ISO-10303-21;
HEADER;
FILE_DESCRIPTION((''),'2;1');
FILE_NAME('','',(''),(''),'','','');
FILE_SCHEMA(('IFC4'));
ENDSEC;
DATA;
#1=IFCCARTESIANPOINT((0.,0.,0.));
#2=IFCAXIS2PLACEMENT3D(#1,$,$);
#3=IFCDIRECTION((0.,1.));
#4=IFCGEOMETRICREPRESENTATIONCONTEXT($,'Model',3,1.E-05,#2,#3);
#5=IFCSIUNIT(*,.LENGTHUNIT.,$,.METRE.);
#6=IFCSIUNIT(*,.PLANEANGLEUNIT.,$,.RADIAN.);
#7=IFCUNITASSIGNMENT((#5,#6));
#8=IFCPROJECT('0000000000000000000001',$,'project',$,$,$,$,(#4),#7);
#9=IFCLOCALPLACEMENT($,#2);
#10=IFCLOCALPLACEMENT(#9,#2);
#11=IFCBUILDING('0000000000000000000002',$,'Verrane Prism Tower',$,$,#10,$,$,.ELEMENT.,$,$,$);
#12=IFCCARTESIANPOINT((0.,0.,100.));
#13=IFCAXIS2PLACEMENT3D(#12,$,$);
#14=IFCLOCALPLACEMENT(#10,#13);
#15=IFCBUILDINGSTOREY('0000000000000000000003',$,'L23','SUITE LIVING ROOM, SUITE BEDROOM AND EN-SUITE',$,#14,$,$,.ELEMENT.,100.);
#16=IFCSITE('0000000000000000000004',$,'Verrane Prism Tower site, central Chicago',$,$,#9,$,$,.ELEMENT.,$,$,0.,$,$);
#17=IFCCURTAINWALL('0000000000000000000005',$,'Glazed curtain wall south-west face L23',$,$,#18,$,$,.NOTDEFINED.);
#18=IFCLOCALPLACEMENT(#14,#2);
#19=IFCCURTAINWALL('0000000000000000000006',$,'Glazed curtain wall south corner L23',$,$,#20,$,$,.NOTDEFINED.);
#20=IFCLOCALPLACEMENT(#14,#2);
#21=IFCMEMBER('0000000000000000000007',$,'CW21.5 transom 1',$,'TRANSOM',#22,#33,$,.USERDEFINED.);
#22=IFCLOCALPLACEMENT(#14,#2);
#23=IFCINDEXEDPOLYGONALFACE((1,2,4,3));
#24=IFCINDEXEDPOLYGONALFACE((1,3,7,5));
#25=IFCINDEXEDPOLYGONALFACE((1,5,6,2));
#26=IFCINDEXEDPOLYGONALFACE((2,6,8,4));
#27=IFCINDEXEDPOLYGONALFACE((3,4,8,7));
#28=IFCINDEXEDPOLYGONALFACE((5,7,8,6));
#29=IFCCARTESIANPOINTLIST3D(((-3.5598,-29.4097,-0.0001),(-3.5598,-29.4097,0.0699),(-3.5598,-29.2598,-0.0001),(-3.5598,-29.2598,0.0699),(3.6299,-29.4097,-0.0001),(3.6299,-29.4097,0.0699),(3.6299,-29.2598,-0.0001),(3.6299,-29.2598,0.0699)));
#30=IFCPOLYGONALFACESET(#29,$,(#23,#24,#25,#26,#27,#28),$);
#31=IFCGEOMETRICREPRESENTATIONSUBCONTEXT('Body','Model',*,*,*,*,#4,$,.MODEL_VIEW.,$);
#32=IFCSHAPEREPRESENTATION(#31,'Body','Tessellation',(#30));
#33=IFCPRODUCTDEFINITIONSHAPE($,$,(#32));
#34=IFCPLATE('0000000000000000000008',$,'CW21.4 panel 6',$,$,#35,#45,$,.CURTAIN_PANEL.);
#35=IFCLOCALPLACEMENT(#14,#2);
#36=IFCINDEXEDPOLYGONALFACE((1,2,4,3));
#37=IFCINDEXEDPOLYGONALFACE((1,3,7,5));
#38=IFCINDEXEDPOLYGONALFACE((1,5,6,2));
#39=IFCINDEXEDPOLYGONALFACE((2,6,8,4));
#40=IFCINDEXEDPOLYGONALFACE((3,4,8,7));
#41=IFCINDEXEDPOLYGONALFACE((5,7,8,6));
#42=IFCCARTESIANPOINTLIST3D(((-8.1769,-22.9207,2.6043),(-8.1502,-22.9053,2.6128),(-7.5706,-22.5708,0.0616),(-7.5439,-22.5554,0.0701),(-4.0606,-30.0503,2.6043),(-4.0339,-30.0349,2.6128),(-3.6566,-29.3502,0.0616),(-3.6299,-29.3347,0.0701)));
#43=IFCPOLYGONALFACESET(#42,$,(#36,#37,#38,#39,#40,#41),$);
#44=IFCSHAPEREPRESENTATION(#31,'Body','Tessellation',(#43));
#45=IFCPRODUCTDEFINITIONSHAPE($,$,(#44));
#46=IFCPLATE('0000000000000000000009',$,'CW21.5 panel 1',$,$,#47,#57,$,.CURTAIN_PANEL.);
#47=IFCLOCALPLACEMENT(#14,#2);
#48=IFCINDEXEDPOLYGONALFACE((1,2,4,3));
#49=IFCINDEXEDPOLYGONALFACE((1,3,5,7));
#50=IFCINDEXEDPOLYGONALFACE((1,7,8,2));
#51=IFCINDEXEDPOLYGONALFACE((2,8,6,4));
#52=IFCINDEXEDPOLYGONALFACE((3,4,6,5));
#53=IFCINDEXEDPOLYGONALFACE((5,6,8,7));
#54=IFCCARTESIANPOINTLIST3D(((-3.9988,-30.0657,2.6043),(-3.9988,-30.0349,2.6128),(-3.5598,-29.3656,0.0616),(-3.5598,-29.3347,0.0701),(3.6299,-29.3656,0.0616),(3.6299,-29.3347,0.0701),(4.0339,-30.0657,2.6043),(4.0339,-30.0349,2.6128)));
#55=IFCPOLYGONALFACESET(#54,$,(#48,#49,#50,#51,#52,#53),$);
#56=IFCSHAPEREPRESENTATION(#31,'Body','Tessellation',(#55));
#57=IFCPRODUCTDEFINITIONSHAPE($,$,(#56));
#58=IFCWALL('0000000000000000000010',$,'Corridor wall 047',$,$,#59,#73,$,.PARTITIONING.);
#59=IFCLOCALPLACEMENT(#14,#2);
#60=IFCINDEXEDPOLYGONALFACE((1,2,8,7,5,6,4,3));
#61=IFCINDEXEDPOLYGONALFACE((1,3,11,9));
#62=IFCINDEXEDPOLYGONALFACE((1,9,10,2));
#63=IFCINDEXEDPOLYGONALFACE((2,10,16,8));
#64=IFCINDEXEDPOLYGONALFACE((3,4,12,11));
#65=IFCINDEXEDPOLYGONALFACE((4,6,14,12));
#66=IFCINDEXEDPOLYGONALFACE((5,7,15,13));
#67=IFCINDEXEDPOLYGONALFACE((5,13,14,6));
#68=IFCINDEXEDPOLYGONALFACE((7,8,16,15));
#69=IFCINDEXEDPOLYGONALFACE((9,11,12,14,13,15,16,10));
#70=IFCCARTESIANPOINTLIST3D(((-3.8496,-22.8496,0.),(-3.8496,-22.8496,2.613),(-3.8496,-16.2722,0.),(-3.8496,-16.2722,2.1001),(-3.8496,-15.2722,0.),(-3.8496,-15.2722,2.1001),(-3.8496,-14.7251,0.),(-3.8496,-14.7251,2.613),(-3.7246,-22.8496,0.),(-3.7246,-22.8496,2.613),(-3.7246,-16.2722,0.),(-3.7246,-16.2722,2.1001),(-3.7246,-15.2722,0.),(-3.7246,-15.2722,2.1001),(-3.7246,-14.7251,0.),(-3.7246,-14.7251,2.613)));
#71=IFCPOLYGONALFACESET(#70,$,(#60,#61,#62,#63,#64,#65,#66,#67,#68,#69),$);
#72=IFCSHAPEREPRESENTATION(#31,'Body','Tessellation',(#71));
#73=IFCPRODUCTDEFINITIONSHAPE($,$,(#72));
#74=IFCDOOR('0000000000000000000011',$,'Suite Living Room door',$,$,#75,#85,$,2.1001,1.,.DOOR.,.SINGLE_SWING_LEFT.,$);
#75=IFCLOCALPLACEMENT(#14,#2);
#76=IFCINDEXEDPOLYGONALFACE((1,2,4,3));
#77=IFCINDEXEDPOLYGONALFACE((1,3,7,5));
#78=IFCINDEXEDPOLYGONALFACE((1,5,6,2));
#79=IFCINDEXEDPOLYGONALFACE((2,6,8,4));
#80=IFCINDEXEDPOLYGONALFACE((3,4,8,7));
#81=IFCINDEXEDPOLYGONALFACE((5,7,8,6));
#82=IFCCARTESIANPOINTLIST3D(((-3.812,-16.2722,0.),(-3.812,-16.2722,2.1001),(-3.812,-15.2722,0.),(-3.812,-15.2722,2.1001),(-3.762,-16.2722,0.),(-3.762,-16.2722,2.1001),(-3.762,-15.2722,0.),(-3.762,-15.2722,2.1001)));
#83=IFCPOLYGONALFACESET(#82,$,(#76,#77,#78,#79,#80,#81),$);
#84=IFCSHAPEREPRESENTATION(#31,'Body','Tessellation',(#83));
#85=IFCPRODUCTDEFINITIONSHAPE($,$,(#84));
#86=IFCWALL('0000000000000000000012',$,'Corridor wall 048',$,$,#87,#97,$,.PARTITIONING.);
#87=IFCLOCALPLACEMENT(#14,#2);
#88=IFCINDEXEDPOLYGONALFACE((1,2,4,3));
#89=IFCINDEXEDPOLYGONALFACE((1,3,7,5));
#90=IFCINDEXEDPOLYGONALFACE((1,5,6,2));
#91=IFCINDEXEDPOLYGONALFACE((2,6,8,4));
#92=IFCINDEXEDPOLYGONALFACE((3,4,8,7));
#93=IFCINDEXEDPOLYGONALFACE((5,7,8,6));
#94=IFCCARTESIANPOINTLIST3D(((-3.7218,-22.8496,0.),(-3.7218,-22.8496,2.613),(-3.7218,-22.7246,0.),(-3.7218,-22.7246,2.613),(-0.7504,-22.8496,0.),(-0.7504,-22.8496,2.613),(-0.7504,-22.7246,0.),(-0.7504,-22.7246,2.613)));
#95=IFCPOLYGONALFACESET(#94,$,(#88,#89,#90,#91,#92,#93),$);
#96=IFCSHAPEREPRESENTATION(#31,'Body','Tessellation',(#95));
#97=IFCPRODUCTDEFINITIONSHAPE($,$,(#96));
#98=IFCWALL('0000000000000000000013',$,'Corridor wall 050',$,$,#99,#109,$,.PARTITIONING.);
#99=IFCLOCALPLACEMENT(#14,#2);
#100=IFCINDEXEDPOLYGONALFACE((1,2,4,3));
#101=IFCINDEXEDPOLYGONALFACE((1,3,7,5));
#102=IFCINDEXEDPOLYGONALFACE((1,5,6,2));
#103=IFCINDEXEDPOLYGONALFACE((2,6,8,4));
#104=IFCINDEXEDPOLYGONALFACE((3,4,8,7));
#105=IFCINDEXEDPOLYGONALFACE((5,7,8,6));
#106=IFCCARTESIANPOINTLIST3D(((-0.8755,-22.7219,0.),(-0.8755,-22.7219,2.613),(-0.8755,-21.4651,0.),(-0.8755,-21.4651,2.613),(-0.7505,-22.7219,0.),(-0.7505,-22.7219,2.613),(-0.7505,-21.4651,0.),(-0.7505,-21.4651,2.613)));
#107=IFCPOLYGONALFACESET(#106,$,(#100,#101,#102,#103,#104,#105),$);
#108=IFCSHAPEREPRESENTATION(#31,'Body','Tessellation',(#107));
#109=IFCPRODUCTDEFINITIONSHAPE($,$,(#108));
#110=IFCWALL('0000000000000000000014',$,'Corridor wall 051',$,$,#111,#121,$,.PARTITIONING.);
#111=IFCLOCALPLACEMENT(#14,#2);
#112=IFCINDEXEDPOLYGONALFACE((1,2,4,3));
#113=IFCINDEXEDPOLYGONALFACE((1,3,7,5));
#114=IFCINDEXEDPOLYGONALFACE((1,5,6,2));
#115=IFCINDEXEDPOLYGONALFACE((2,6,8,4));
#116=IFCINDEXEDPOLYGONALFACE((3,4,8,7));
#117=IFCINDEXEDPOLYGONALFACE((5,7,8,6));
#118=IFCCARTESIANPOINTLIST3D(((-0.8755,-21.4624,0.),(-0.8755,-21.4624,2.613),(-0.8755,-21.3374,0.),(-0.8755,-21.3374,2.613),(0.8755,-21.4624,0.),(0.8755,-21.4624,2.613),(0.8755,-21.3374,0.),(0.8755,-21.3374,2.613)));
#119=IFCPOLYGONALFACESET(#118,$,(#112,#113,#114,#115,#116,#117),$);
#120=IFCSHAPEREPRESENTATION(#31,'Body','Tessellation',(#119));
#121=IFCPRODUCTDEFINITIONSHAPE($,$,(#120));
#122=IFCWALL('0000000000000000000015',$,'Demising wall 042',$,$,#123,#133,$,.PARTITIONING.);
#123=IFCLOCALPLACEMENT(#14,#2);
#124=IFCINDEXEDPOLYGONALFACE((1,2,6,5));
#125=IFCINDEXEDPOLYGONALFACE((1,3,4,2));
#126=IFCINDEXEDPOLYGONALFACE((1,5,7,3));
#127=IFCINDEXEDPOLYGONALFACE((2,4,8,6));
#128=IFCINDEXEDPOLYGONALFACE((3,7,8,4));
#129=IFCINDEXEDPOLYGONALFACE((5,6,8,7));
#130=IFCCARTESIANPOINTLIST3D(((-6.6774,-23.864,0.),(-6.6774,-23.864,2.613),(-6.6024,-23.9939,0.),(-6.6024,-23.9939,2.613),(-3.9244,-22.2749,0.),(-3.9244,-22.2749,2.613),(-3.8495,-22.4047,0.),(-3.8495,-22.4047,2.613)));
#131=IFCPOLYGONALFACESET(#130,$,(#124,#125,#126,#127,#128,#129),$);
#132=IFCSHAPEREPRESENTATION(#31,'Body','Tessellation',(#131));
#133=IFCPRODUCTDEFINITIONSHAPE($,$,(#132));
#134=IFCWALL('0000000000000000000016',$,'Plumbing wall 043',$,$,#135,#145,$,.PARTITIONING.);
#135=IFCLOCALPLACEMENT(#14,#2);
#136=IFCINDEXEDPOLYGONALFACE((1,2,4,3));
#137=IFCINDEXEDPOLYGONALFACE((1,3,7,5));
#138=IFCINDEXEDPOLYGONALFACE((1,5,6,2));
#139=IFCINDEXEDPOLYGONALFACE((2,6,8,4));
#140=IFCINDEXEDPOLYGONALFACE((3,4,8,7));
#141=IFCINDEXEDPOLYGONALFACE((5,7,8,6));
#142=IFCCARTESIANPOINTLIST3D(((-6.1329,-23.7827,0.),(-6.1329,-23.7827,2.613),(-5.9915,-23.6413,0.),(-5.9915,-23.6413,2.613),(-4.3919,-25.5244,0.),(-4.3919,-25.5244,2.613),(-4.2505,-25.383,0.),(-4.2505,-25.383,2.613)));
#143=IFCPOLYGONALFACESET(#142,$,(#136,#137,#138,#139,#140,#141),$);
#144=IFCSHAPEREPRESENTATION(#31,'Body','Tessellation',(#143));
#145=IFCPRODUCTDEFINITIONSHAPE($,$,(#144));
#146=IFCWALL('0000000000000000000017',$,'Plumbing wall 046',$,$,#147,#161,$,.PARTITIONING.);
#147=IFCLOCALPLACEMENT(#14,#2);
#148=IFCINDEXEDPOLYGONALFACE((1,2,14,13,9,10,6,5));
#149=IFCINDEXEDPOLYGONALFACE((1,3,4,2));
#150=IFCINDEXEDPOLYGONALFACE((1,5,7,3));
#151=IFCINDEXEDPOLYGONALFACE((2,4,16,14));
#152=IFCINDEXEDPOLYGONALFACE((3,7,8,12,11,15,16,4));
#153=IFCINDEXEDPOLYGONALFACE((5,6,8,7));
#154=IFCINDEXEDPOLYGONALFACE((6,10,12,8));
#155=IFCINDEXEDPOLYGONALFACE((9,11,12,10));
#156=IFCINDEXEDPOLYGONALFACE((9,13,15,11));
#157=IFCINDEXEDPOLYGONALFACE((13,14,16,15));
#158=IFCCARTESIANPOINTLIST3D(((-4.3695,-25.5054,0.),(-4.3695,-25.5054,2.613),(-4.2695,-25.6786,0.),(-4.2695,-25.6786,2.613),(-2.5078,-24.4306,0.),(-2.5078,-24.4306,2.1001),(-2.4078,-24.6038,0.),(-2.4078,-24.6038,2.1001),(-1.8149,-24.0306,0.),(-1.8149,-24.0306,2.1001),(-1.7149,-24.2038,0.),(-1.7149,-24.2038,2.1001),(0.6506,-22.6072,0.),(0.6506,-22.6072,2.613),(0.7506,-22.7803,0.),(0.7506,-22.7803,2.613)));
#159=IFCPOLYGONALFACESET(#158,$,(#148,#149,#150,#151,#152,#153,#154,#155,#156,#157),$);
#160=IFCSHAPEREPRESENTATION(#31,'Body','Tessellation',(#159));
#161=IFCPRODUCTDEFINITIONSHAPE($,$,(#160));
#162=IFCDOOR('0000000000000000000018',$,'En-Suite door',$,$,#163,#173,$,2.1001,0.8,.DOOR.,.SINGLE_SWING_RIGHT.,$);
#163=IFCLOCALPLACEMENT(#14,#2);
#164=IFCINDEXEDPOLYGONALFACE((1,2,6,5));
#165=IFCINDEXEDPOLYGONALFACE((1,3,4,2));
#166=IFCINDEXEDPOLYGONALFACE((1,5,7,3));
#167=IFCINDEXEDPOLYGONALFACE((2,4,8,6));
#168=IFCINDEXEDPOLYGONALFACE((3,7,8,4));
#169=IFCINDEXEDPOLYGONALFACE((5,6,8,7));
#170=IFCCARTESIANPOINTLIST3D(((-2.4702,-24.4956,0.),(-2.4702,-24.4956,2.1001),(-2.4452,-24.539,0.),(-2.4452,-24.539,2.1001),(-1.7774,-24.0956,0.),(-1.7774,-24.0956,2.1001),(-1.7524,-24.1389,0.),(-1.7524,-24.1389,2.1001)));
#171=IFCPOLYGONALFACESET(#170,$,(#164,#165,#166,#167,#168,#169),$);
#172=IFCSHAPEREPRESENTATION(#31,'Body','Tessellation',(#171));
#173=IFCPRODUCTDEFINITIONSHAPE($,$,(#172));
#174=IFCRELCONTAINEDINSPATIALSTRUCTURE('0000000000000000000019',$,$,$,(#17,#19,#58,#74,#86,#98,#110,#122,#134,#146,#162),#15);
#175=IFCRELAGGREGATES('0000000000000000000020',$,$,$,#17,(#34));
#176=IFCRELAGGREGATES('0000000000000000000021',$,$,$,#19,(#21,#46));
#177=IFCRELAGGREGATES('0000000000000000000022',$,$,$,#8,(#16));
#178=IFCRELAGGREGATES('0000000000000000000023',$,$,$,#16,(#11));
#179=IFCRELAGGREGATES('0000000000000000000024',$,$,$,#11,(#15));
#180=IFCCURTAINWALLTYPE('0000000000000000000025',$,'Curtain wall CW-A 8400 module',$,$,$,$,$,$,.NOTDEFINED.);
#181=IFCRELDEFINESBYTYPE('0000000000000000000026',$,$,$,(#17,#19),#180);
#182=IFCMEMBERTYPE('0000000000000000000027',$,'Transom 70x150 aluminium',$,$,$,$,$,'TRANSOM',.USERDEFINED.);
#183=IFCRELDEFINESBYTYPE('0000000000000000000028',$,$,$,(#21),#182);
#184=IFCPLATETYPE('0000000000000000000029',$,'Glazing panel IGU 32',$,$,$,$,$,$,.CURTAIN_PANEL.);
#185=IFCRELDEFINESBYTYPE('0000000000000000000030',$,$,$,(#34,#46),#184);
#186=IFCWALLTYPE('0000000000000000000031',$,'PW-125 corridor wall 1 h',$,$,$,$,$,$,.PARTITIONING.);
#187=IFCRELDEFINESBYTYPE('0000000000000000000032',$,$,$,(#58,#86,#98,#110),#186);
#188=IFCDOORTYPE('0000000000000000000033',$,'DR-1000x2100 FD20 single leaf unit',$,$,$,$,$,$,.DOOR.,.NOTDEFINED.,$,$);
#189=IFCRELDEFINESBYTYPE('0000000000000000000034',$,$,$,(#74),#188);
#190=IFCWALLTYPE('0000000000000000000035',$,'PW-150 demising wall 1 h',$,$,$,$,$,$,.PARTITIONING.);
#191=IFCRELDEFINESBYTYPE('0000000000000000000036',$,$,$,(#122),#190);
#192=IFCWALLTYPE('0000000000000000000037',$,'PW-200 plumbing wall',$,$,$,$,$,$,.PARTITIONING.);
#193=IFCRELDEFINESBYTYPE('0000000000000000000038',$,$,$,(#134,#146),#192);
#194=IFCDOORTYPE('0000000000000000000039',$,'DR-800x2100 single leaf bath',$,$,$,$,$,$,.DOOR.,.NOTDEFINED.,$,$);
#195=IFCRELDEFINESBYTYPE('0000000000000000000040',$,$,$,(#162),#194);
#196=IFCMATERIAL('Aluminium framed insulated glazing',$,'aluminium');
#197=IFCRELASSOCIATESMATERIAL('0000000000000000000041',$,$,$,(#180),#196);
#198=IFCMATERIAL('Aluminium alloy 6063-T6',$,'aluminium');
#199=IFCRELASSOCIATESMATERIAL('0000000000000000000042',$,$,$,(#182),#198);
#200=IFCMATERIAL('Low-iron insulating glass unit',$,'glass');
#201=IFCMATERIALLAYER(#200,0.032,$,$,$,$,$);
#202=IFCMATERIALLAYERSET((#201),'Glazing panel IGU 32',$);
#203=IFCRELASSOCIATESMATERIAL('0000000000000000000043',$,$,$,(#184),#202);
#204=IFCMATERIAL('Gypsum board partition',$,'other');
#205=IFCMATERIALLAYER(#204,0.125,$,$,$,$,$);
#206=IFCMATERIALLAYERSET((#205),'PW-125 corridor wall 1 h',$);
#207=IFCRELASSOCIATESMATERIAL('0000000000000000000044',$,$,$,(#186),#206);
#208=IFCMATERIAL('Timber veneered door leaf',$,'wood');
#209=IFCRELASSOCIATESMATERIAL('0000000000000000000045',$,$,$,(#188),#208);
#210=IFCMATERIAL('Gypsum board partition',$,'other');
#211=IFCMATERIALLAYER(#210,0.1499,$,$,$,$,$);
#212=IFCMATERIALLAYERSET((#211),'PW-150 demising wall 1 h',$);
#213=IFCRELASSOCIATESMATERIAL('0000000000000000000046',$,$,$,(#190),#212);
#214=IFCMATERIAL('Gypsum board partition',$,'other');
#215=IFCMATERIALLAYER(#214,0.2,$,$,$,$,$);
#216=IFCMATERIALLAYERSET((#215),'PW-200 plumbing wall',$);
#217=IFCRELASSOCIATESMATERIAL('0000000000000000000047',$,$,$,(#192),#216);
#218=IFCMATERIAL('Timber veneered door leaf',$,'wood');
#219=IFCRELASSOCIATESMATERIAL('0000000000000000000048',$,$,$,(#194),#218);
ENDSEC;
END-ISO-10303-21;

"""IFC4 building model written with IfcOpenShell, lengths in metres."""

from ifc_helpers import new_model, si_unit, direction, frame, frame_2d, origin, origin_2d, place, context, subcontext, project, spatial, polyline, rectangle, outline, extrude, material, layer, layer_set, material_profile, profile_set, type_object, element, fill, aggregate, save


model = new_model("IFC4")

# Units and contexts
model_context = context("Model", 3, precision=1e-05, world=origin(), true_north=direction((0.0, 1.0)))
body_context = subcontext(model_context, "Body", "Model", "MODEL_VIEW")
ifc_project = project(units=[si_unit("LENGTHUNIT", "METRE"), si_unit("PLANEANGLEUNIT", "RADIAN")], contexts=[model_context])

# Site, building, storey
site_placement = place(None, origin())
site = spatial("IfcSite", under=ifc_project, at=site_placement, Name="Verrane Prism Tower site, central Chicago", CompositionType="ELEMENT", RefElevation=0.0)
building_placement = place(site_placement, origin())
building = spatial("IfcBuilding", under=site, at=building_placement, Name="Verrane Prism Tower", CompositionType="ELEMENT")
storey_placement = place(building_placement, frame((0.0, 0.0, 100.0)))
storey = spatial("IfcBuildingStorey", under=building, at=storey_placement, Name="L23", Description="SUITE LIVING ROOM, SUITE BEDROOM AND EN-SUITE", CompositionType="ELEMENT", Elevation=100.0)

# Curtain walls
ifc_material_1 = material(Name="Aluminium framed insulated glazing", Category="aluminium")
curtain_wall_type = type_object("IfcCurtainWallType", Name="Curtain wall CW-A 8400 module", PredefinedType="NOTDEFINED", material=ifc_material_1)
curtain_wall_1_placement = place(storey_placement, origin())
curtain_wall_1 = element("IfcCurtainWall", 1, at=curtain_wall_1_placement, inside=storey, type_object=curtain_wall_type, Name="Glazed curtain wall south-west face L23", PredefinedType="NOTDEFINED")
curtain_wall_2_placement = place(storey_placement, origin())
curtain_wall_2 = element("IfcCurtainWall", 2, at=curtain_wall_2_placement, inside=storey, type_object=curtain_wall_type, Name="Glazed curtain wall south corner L23", PredefinedType="NOTDEFINED")

# Member
ifc_material_2 = material(Name="Aluminium alloy 6063-T6", Category="aluminium")
ifc_material_profile_1 = material_profile(ifc_material_2, rectangle(XDim=0.1499, YDim=0.0701, at=origin_2d()), Name="Transom 70x150 aluminium")
ifc_profile_set_1 = profile_set([ifc_material_profile_1], Name="Aluminium alloy 6063-T6")
member_type_1 = type_object("IfcMemberType", Name="Transom 70x150 aluminium", ElementType="TRANSOM", PredefinedType="USERDEFINED", material=ifc_profile_set_1)
member_1_placement = place(storey_placement, frame((-3.5598, -29.3347, 0.0349), z_axis=(1.0, 0.0, 0.0), x_axis=(0.0, 1.0, 0.0)))
member_1 = element("IfcMember", 3, at=member_1_placement, type_object=member_type_1, Name="CW21.5 transom 1", ObjectType="TRANSOM", PredefinedType="USERDEFINED", context=body_context, shape_type="SweptSolid", body=[
    extrude(rectangle(XDim=0.1499, YDim=0.0701, at=origin_2d()), origin(), (0.0, 0.0, 1.0), 7.1897),
])

# Plates
ifc_material_3 = material(Name="Low-iron insulating glass unit", Category="glass")
ifc_layer_1 = layer(ifc_material_3, 0.032)
ifc_layer_set_1 = layer_set([ifc_layer_1], Name="Glazing panel IGU 32")
plate_type = type_object("IfcPlateType", Name="Glazing panel IGU 32", PredefinedType="CURTAIN_PANEL", material=ifc_layer_set_1)
plate_1_placement = place(storey_placement, frame((-7.5439, -22.5554, 0.0701), z_axis=(0.834968, 0.482066, 0.265409), x_axis=(0.499998, -0.866027, -0.000002)))
plate_1 = element("IfcPlate", 4, at=plate_1_placement, type_object=plate_type, Name="CW21.4 panel 6", PredefinedType="CURTAIN_PANEL", context=body_context, shape_type="SweptSolid", body=[
    extrude(outline(polyline([(0.0, 0.0), (7.8281, 0.0), (8.2324, -2.6373), (-0.0001, -2.6373), (0.0, 0.0)])), origin(), (0.0, 0.0, -1.0), 0.032),
])
aggregate(curtain_wall_1, [plate_1])
plate_2_placement = place(storey_placement, frame((-3.5598, -29.3347, 0.0701), z_axis=(0.0, 0.964114, 0.26549), x_axis=(1.0, 0.0, 0.0)))
plate_2 = element("IfcPlate", 5, at=plate_2_placement, type_object=plate_type, Name="CW21.5 panel 1", PredefinedType="CURTAIN_PANEL", context=body_context, shape_type="SweptSolid", body=[
    extrude(outline(polyline([(0.0, 0.0), (7.1897, 0.0), (7.5938, -2.6374), (-0.439, -2.6374), (0.0, 0.0)])), origin(), (0.0, 0.0, -1.0), 0.032),
])
aggregate(curtain_wall_2, [member_1, plate_2])

# Wall, opening, door
ifc_material_4 = material(Name="Gypsum board partition", Category="other")
ifc_layer_2 = layer(ifc_material_4, 0.125)
ifc_layer_set_2 = layer_set([ifc_layer_2], Name="PW-125 corridor wall 1 h")
wall_type_1 = type_object("IfcWallType", Name="PW-125 corridor wall 1 h", PredefinedType="PARTITIONING", material=ifc_layer_set_2)
wall_1_placement = place(storey_placement, frame((-3.7871, -22.8496, 0.0), z_axis=(0.0, 0.0, 1.0), x_axis=(0.0, 1.0, 0.0)))
wall_1 = element("IfcWall", 6, at=wall_1_placement, inside=storey, type_object=wall_type_1, Name="Corridor wall 047", PredefinedType="PARTITIONING", context=body_context, shape_type="SweptSolid", body=[
    extrude(rectangle(XDim=8.1245, YDim=0.125, at=frame_2d((4.0623, 0.0))), origin(), (0.0, 0.0, 1.0), 2.613),
])
opening_1_placement = place(wall_1_placement, frame((6.5774, 0.0, 0.0)))
opening_1 = element("IfcOpeningElement", 7, at=opening_1_placement, cuts=wall_1, PredefinedType="OPENING", context=body_context, shape_type="SweptSolid", body=[
    extrude(rectangle(XDim=1.0, YDim=2.1001, at=frame_2d((0.5, 1.05))), frame((0.0, 0.0725, 0.0), z_axis=(0.0, -1.0, 0.0), x_axis=(1.0, 0.0, 0.0)), (0.0, 0.0, 1.0), 0.145),
])
ifc_material_5 = material(Name="Timber veneered door leaf", Category="wood")
door_type_1 = type_object("IfcDoorType", Name="DR-1000x2100 FD20 single leaf unit", OperationType="NOTDEFINED", PredefinedType="DOOR", material=ifc_material_5)
door_1_placement = place(opening_1_placement, origin())
door_1 = element("IfcDoor", 8, at=door_1_placement, inside=storey, type_object=door_type_1, Name="Suite Living Room door", OperationType="SINGLE_SWING_LEFT", OverallHeight=2.1001, OverallWidth=1.0, PredefinedType="DOOR", context=body_context, shape_type="SweptSolid", body=[
    extrude(rectangle(XDim=1.0, YDim=2.1001, at=frame_2d((0.5, 1.05))), frame((0.0, 0.0249, 0.0), z_axis=(0.0, -1.0, 0.0), x_axis=(1.0, 0.0, 0.0)), (0.0, 0.0, 1.0), 0.05),
])
fill(opening_1, door_1)

# Walls
wall_2_placement = place(storey_placement, frame((-3.7219, -22.7871, 0.0), z_axis=(0.0, 0.0, 1.0), x_axis=(1.0, 0.0, 0.0)))
element("IfcWall", 9, at=wall_2_placement, inside=storey, type_object=wall_type_1, Name="Corridor wall 048", PredefinedType="PARTITIONING", context=body_context, shape_type="SweptSolid", body=[
    extrude(rectangle(XDim=2.9714, YDim=0.125, at=frame_2d((1.4858, 0.0))), origin(), (0.0, 0.0, 1.0), 2.613),
])
wall_3_placement = place(storey_placement, frame((-0.813, -22.7219, 0.0), z_axis=(0.0, 0.0, 1.0), x_axis=(0.0, 1.0, 0.0)))
element("IfcWall", 10, at=wall_3_placement, inside=storey, type_object=wall_type_1, Name="Corridor wall 050", PredefinedType="PARTITIONING", context=body_context, shape_type="SweptSolid", body=[
    extrude(rectangle(XDim=1.2568, YDim=0.125, at=frame_2d((0.6284, 0.0))), origin(), (0.0, 0.0, 1.0), 2.613),
])
wall_4_placement = place(storey_placement, frame((-0.8755, -21.3999, 0.0), z_axis=(0.0, 0.0, 1.0), x_axis=(1.0, 0.0, 0.0)))
element("IfcWall", 11, at=wall_4_placement, inside=storey, type_object=wall_type_1, Name="Corridor wall 051", PredefinedType="PARTITIONING", context=body_context, shape_type="SweptSolid", body=[
    extrude(rectangle(XDim=1.751, YDim=0.125, at=frame_2d((0.8755, 0.0))), origin(), (0.0, 0.0, 1.0), 2.613),
])
ifc_material_6 = material(Name="Gypsum board partition", Category="other")
ifc_layer_3 = layer(ifc_material_6, 0.1499)
ifc_layer_set_3 = layer_set([ifc_layer_3], Name="PW-150 demising wall 1 h")
wall_type_2 = type_object("IfcWallType", Name="PW-150 demising wall 1 h", PredefinedType="PARTITIONING", material=ifc_layer_set_3)
wall_5_placement = place(storey_placement, frame((-6.6399, -23.929, 0.0), z_axis=(0.0, 0.0, 1.0), x_axis=(0.866065, 0.499931, 0.0)))
element("IfcWall", 12, at=wall_5_placement, inside=storey, type_object=wall_type_2, Name="Demising wall 042", PredefinedType="PARTITIONING", context=body_context, shape_type="SweptSolid", body=[
    extrude(rectangle(XDim=3.1787, YDim=0.1499, at=frame_2d((1.5894, 0.0))), origin(), (0.0, 0.0, 1.0), 2.613),
])
ifc_material_7 = material(Name="Gypsum board partition", Category="other")
ifc_layer_4 = layer(ifc_material_7, 0.2)
ifc_layer_set_4 = layer_set([ifc_layer_4], Name="PW-200 plumbing wall")
wall_type_3 = type_object("IfcWallType", Name="PW-200 plumbing wall", PredefinedType="PARTITIONING", material=ifc_layer_set_4)
wall_6_placement = place(storey_placement, frame((-6.0623, -23.7119, 0.0), z_axis=(0.0, 0.0, 1.0), x_axis=(0.706958, -0.707255, 0.0)))
element("IfcWall", 13, at=wall_6_placement, inside=storey, type_object=wall_type_3, Name="Plumbing wall 043", PredefinedType="PARTITIONING", context=body_context, shape_type="SweptSolid", body=[
    extrude(rectangle(XDim=2.4626, YDim=0.2, at=frame_2d((1.2314, 0.0))), origin(), (0.0, 0.0, 1.0), 2.613),
])

# Wall, opening, door
wall_7_placement = place(storey_placement, frame((-4.3196, -25.592, 0.0), z_axis=(0.0, 0.0, 1.0), x_axis=(0.866034, 0.499985, 0.0)))
wall_7 = element("IfcWall", 14, at=wall_7_placement, inside=storey, type_object=wall_type_3, Name="Plumbing wall 046", PredefinedType="PARTITIONING", context=body_context, shape_type="SweptSolid", body=[
    extrude(rectangle(XDim=5.7966, YDim=0.2, at=frame_2d((2.8984, 0.0))), origin(), (0.0, 0.0, 1.0), 2.613),
])
opening_2_placement = place(wall_7_placement, frame((2.1499, 0.0, 0.0)))
opening_2 = element("IfcOpeningElement", 15, at=opening_2_placement, cuts=wall_7, PredefinedType="OPENING", context=body_context, shape_type="SweptSolid", body=[
    extrude(rectangle(XDim=0.8, YDim=2.1001, at=frame_2d((0.3999, 1.05))), frame((0.0, 0.1099, 0.0), z_axis=(0.0, -1.0, 0.0), x_axis=(1.0, 0.0, 0.0)), (0.0, 0.0, 1.0), 0.22),
])
ifc_material_8 = material(Name="Timber veneered door leaf", Category="wood")
door_type_2 = type_object("IfcDoorType", Name="DR-800x2100 single leaf bath", OperationType="NOTDEFINED", PredefinedType="DOOR", material=ifc_material_8)
door_2_placement = place(opening_2_placement, origin())
door_2 = element("IfcDoor", 16, at=door_2_placement, inside=storey, type_object=door_type_2, Name="En-Suite door", OperationType="SINGLE_SWING_RIGHT", OverallHeight=2.1001, OverallWidth=0.8, PredefinedType="DOOR", context=body_context, shape_type="SweptSolid", body=[
    extrude(rectangle(XDim=0.8, YDim=2.1001, at=frame_2d((0.3999, 1.05))), frame((0.0, 0.0249, 0.0), z_axis=(0.0, -1.0, 0.0), x_axis=(1.0, 0.0, 0.0)), (0.0, 0.0, 1.0), 0.05),
])
fill(opening_2, door_2)

save(model, "model.ifc")
